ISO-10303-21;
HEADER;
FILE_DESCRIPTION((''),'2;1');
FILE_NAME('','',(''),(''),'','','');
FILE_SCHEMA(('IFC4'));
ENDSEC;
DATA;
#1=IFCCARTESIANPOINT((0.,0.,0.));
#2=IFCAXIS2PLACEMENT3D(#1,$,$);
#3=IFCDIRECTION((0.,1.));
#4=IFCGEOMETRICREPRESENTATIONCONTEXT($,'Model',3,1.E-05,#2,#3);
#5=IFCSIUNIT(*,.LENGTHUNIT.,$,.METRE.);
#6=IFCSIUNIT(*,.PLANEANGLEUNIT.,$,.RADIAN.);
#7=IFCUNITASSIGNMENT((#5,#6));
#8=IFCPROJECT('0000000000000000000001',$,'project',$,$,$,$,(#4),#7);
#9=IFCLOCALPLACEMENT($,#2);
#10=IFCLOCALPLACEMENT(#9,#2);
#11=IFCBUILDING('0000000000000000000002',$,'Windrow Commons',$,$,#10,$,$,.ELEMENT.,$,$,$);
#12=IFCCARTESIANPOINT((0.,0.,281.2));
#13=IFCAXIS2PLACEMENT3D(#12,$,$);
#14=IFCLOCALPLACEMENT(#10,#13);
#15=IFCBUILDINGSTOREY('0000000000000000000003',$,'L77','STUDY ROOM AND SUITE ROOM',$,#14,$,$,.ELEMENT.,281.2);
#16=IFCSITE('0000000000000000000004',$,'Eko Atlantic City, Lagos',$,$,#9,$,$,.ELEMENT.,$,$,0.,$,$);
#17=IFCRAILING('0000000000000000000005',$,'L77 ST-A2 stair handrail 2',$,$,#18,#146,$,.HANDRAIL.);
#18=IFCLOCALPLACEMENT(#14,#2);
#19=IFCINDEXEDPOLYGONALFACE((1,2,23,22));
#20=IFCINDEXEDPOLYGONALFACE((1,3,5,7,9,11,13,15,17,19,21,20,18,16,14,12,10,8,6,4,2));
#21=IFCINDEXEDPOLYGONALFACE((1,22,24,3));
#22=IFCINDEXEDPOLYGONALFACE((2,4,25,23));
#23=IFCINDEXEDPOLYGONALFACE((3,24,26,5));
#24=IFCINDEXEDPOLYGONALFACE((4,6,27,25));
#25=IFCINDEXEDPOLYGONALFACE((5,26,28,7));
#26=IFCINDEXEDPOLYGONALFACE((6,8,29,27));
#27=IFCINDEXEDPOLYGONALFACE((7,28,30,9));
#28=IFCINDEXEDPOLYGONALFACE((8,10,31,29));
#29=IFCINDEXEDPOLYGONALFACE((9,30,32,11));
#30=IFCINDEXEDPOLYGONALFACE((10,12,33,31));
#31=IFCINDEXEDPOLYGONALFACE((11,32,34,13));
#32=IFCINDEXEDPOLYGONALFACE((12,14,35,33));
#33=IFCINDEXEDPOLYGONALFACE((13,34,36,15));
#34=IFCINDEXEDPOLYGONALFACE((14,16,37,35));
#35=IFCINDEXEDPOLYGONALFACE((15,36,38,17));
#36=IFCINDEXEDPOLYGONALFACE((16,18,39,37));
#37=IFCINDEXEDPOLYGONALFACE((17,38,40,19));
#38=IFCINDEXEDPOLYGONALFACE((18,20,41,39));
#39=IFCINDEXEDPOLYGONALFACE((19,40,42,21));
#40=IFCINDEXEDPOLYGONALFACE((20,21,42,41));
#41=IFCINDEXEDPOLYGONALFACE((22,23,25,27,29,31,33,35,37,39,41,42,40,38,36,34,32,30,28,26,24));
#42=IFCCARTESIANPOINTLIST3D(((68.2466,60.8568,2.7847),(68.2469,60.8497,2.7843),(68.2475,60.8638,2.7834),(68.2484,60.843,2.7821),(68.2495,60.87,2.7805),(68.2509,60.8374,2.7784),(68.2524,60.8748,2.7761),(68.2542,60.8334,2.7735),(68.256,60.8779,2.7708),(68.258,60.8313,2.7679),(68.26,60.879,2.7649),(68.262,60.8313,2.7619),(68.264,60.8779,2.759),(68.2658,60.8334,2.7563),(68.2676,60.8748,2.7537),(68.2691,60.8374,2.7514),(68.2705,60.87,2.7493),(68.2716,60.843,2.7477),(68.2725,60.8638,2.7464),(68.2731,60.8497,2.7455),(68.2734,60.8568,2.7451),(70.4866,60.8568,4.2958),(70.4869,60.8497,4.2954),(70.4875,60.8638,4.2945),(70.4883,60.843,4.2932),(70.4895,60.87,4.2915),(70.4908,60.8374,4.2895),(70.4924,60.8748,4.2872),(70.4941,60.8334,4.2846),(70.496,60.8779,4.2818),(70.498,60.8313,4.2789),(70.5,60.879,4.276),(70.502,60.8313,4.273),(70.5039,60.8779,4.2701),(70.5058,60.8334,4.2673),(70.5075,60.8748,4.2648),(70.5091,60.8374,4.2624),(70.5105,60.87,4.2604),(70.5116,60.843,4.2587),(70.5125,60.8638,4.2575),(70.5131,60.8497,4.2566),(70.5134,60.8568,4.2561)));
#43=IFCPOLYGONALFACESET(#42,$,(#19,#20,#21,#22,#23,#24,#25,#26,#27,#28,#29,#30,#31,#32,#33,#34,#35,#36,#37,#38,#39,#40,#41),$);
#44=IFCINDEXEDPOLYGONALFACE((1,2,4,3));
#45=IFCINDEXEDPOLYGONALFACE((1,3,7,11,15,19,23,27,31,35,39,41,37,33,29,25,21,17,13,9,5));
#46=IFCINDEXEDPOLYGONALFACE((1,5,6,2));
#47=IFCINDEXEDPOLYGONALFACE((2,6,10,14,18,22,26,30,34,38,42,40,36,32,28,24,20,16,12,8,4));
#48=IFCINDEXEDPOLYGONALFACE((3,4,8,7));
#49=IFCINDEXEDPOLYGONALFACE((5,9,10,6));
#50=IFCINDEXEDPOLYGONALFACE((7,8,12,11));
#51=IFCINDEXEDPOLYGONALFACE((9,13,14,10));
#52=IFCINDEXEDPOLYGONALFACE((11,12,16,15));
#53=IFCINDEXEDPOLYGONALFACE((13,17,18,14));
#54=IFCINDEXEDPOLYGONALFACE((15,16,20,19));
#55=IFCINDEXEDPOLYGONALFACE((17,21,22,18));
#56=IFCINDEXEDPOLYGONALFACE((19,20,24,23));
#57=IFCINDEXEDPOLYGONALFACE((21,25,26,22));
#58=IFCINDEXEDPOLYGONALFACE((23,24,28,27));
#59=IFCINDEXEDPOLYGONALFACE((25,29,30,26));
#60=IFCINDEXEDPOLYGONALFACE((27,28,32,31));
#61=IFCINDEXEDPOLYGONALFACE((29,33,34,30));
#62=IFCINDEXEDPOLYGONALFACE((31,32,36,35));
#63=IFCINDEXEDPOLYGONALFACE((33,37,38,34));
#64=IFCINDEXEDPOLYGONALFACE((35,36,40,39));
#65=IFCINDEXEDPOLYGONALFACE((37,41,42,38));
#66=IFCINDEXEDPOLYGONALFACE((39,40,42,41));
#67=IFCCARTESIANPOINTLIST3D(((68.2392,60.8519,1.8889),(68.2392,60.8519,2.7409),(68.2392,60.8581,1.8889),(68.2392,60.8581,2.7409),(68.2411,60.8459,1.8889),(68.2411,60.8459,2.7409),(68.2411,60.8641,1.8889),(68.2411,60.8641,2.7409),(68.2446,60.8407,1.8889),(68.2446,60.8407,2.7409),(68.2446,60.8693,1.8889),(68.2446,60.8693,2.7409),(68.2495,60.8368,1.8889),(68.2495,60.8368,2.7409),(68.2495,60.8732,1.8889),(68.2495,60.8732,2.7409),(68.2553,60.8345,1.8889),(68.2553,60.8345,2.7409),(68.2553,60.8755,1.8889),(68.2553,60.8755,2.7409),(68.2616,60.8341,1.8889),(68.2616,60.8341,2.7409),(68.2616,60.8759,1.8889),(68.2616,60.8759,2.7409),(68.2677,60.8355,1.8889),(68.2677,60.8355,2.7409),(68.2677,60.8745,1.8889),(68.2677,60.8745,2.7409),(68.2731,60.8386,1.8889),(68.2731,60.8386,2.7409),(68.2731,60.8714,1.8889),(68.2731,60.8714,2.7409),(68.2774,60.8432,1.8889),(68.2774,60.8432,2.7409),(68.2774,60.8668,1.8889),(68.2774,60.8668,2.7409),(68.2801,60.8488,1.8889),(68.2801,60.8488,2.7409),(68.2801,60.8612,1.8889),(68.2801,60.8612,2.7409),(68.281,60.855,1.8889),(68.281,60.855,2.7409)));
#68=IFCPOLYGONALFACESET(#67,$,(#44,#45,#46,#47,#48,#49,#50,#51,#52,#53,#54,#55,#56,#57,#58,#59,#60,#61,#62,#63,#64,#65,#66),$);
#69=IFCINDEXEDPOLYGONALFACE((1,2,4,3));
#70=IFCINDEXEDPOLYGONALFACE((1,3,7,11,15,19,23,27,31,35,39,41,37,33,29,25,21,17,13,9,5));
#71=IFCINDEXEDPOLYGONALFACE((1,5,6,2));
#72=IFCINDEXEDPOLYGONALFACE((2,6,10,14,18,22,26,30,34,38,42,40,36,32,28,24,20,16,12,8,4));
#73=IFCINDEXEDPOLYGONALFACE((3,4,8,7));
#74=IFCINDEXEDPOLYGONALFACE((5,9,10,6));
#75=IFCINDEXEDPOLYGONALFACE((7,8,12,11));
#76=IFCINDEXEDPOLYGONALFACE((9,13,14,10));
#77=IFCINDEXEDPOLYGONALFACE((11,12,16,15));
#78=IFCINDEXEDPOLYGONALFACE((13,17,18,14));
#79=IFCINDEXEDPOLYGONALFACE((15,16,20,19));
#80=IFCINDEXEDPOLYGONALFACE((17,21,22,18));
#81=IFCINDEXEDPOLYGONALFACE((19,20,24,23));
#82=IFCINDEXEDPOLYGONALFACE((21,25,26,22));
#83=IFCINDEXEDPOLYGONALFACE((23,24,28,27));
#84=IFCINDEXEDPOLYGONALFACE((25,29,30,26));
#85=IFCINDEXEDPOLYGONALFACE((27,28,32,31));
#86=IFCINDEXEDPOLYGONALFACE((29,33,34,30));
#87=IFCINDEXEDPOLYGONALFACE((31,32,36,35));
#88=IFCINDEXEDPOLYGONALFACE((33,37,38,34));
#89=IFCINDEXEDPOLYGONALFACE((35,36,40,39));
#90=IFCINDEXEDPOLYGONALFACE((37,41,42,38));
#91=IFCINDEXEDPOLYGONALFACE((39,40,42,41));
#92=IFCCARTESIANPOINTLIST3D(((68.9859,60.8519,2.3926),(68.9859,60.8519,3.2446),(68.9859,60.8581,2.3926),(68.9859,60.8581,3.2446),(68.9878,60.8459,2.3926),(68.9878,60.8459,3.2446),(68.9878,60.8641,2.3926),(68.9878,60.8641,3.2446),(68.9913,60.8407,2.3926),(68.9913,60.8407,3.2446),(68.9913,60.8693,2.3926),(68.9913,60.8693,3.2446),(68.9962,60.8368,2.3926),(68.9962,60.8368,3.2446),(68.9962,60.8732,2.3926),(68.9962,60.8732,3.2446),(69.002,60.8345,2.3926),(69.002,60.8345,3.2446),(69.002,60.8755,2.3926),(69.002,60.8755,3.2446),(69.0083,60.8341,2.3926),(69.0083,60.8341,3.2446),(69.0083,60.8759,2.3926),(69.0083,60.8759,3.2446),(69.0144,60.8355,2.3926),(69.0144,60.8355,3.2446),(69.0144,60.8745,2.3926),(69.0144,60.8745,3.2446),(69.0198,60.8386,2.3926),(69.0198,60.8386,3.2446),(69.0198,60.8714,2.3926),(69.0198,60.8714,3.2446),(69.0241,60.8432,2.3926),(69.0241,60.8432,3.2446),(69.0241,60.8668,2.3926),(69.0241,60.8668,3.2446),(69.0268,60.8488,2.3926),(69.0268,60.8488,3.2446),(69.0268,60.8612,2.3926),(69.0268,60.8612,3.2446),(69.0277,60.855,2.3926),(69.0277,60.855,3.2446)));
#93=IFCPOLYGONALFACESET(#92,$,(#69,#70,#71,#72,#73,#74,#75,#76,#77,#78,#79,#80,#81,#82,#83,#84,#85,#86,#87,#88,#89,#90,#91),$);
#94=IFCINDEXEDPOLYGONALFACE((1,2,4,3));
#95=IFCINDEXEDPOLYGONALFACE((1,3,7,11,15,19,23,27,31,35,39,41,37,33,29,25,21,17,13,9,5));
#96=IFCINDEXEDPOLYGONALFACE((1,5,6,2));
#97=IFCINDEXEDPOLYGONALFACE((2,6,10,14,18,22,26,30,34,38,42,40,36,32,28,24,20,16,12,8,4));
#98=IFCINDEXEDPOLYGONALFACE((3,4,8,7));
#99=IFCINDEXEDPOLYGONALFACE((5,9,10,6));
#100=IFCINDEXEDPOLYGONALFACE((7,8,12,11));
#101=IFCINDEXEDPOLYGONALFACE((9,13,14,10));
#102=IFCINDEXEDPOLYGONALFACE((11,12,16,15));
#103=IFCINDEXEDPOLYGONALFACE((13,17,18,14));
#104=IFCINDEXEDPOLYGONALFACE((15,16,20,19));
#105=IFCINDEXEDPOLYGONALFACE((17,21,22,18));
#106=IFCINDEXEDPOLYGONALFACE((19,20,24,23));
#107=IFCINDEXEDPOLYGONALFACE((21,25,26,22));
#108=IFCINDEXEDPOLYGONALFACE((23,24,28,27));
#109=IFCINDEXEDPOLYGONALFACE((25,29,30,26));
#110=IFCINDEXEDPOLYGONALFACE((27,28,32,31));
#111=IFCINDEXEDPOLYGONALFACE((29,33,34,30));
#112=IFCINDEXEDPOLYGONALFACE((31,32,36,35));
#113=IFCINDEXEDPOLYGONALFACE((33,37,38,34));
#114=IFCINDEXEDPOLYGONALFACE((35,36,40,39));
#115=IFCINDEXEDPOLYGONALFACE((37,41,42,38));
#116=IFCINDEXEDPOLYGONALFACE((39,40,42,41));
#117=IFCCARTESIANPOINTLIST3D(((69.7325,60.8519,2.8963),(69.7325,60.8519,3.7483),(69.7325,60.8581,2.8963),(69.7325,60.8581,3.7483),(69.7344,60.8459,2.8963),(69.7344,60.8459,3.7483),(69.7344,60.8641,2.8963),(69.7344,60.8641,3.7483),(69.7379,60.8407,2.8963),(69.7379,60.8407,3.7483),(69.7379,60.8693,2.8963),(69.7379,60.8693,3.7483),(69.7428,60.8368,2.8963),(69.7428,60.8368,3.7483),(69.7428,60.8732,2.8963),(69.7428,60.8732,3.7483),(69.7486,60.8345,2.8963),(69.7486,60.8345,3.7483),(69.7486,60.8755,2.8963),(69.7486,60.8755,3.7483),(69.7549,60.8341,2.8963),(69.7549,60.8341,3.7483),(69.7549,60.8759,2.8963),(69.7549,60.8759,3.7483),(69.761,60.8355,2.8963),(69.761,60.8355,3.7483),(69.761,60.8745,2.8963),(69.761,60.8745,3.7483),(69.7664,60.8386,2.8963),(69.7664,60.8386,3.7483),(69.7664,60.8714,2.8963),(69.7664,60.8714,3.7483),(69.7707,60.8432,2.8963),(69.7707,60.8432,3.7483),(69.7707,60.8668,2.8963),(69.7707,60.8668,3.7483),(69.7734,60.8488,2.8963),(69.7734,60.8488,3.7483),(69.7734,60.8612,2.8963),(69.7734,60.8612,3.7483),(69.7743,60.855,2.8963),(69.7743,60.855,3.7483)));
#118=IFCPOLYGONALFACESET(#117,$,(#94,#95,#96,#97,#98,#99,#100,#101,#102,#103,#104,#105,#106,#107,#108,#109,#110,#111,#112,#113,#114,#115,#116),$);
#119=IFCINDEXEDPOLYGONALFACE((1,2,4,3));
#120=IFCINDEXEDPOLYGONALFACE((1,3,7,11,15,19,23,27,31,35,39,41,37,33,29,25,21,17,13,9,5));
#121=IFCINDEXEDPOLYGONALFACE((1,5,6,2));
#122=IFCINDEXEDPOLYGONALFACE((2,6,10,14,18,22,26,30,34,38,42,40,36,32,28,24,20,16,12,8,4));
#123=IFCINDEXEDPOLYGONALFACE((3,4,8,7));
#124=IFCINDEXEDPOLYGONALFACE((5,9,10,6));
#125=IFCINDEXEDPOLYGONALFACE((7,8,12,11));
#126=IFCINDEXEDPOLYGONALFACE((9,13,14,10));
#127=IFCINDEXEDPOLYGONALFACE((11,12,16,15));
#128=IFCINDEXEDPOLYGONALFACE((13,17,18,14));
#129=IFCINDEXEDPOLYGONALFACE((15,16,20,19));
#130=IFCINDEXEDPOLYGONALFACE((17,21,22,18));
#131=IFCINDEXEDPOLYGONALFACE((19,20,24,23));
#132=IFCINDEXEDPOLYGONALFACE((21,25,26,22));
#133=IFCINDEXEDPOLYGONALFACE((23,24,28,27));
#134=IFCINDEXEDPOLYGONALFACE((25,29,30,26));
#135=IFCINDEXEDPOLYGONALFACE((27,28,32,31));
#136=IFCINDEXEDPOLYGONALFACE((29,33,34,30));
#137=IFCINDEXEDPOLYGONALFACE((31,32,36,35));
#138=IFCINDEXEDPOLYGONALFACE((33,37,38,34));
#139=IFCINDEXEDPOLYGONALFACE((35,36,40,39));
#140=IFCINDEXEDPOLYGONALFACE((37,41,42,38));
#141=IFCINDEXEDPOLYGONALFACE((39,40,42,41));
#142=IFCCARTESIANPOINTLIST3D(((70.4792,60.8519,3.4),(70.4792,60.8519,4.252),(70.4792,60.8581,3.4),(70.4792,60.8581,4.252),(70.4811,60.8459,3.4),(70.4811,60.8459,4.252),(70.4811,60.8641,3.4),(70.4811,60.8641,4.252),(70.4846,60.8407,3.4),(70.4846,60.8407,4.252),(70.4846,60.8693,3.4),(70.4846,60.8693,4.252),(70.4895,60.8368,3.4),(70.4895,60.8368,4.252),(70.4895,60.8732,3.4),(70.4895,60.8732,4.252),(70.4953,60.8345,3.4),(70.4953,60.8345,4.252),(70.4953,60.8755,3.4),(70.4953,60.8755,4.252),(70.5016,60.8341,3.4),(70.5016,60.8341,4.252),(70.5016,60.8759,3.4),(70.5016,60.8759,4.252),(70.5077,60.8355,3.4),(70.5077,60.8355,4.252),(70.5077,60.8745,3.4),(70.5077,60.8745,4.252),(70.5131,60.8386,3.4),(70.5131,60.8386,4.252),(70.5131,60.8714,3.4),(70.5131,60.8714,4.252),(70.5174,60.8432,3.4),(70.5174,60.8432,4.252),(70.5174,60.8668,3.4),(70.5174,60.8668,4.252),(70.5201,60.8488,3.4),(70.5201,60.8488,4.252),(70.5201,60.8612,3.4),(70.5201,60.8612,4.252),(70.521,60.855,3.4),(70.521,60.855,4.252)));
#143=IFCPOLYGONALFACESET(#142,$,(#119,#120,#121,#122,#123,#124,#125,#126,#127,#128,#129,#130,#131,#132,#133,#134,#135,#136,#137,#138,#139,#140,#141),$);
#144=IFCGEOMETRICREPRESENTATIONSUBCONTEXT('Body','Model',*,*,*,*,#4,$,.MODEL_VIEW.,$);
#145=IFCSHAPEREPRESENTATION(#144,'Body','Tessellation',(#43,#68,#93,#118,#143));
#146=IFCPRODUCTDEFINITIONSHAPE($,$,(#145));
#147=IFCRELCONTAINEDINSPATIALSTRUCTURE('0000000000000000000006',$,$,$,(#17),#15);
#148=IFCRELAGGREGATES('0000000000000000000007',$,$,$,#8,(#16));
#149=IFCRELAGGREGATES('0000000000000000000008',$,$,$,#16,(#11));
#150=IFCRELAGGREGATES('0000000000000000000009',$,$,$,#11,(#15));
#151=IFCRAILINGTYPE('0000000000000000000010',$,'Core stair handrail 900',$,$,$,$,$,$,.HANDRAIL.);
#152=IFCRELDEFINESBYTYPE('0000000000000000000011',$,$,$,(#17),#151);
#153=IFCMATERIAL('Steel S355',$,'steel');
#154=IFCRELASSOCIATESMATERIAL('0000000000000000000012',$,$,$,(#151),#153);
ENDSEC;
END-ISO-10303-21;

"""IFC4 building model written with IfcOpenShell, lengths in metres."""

from ifc_helpers import new_model, si_unit, direction, frame, origin, origin_2d, place, context, subcontext, project, spatial, circle, extrude, material, type_object, element, save


model = new_model("IFC4")

# Units and contexts
model_context = context("Model", 3, precision=1e-05, world=origin(), true_north=direction((0.0, 1.0)))
body_context = subcontext(model_context, "Body", "Model", "MODEL_VIEW")
ifc_project = project(units=[si_unit("LENGTHUNIT", "METRE"), si_unit("PLANEANGLEUNIT", "RADIAN")], contexts=[model_context])

# Site, building, storey
site_placement = place(None, origin())
site = spatial("IfcSite", under=ifc_project, at=site_placement, Name="Eko Atlantic City, Lagos", CompositionType="ELEMENT", RefElevation=0.0)
building_placement = place(site_placement, origin())
building = spatial("IfcBuilding", under=site, at=building_placement, Name="Windrow Commons", CompositionType="ELEMENT")
storey_placement = place(building_placement, frame((0.0, 0.0, 281.2)))
storey = spatial("IfcBuildingStorey", under=building, at=storey_placement, Name="L77", Description="STUDY ROOM AND SUITE ROOM", CompositionType="ELEMENT", Elevation=281.2)

# Railing
ifc_material_1 = material(Name="Steel S355", Category="steel")
railing_type = type_object("IfcRailingType", Name="Core stair handrail 900", PredefinedType="HANDRAIL", material=ifc_material_1)
for number, where, name in (
    (1, (68.26, 60.855, 1.8889), "L77 ST-A2 stair handrail 2"),
):
    element("IfcRailing", number, at=place(storey_placement, frame(where)), inside=storey, type_object=railing_type, Name=name, PredefinedType="HANDRAIL", context=body_context, shape_type="SweptSolid", body=[
        extrude(circle(Radius=0.024, at=origin_2d()), frame((0.0, 0.0, 0.876), z_axis=(0.829003, 0.0, 0.559244), x_axis=(0.0, 1.0, 0.0)), (0.0, 0.0, 1.0), 2.702),
        extrude(circle(Radius=0.021, at=origin_2d()), origin(), (0.0, 0.0, 1.0), 0.852),
        extrude(circle(Radius=0.021, at=origin_2d()), frame((0.7467, 0.0, 0.5037)), (0.0, 0.0, 1.0), 0.852),
        extrude(circle(Radius=0.021, at=origin_2d()), frame((1.4933, 0.0, 1.0074)), (0.0, 0.0, 1.0), 0.852),
        extrude(circle(Radius=0.021, at=origin_2d()), frame((2.24, 0.0, 1.5111)), (0.0, 0.0, 1.0), 0.852),
    ])

save(model, "model.ifc")
